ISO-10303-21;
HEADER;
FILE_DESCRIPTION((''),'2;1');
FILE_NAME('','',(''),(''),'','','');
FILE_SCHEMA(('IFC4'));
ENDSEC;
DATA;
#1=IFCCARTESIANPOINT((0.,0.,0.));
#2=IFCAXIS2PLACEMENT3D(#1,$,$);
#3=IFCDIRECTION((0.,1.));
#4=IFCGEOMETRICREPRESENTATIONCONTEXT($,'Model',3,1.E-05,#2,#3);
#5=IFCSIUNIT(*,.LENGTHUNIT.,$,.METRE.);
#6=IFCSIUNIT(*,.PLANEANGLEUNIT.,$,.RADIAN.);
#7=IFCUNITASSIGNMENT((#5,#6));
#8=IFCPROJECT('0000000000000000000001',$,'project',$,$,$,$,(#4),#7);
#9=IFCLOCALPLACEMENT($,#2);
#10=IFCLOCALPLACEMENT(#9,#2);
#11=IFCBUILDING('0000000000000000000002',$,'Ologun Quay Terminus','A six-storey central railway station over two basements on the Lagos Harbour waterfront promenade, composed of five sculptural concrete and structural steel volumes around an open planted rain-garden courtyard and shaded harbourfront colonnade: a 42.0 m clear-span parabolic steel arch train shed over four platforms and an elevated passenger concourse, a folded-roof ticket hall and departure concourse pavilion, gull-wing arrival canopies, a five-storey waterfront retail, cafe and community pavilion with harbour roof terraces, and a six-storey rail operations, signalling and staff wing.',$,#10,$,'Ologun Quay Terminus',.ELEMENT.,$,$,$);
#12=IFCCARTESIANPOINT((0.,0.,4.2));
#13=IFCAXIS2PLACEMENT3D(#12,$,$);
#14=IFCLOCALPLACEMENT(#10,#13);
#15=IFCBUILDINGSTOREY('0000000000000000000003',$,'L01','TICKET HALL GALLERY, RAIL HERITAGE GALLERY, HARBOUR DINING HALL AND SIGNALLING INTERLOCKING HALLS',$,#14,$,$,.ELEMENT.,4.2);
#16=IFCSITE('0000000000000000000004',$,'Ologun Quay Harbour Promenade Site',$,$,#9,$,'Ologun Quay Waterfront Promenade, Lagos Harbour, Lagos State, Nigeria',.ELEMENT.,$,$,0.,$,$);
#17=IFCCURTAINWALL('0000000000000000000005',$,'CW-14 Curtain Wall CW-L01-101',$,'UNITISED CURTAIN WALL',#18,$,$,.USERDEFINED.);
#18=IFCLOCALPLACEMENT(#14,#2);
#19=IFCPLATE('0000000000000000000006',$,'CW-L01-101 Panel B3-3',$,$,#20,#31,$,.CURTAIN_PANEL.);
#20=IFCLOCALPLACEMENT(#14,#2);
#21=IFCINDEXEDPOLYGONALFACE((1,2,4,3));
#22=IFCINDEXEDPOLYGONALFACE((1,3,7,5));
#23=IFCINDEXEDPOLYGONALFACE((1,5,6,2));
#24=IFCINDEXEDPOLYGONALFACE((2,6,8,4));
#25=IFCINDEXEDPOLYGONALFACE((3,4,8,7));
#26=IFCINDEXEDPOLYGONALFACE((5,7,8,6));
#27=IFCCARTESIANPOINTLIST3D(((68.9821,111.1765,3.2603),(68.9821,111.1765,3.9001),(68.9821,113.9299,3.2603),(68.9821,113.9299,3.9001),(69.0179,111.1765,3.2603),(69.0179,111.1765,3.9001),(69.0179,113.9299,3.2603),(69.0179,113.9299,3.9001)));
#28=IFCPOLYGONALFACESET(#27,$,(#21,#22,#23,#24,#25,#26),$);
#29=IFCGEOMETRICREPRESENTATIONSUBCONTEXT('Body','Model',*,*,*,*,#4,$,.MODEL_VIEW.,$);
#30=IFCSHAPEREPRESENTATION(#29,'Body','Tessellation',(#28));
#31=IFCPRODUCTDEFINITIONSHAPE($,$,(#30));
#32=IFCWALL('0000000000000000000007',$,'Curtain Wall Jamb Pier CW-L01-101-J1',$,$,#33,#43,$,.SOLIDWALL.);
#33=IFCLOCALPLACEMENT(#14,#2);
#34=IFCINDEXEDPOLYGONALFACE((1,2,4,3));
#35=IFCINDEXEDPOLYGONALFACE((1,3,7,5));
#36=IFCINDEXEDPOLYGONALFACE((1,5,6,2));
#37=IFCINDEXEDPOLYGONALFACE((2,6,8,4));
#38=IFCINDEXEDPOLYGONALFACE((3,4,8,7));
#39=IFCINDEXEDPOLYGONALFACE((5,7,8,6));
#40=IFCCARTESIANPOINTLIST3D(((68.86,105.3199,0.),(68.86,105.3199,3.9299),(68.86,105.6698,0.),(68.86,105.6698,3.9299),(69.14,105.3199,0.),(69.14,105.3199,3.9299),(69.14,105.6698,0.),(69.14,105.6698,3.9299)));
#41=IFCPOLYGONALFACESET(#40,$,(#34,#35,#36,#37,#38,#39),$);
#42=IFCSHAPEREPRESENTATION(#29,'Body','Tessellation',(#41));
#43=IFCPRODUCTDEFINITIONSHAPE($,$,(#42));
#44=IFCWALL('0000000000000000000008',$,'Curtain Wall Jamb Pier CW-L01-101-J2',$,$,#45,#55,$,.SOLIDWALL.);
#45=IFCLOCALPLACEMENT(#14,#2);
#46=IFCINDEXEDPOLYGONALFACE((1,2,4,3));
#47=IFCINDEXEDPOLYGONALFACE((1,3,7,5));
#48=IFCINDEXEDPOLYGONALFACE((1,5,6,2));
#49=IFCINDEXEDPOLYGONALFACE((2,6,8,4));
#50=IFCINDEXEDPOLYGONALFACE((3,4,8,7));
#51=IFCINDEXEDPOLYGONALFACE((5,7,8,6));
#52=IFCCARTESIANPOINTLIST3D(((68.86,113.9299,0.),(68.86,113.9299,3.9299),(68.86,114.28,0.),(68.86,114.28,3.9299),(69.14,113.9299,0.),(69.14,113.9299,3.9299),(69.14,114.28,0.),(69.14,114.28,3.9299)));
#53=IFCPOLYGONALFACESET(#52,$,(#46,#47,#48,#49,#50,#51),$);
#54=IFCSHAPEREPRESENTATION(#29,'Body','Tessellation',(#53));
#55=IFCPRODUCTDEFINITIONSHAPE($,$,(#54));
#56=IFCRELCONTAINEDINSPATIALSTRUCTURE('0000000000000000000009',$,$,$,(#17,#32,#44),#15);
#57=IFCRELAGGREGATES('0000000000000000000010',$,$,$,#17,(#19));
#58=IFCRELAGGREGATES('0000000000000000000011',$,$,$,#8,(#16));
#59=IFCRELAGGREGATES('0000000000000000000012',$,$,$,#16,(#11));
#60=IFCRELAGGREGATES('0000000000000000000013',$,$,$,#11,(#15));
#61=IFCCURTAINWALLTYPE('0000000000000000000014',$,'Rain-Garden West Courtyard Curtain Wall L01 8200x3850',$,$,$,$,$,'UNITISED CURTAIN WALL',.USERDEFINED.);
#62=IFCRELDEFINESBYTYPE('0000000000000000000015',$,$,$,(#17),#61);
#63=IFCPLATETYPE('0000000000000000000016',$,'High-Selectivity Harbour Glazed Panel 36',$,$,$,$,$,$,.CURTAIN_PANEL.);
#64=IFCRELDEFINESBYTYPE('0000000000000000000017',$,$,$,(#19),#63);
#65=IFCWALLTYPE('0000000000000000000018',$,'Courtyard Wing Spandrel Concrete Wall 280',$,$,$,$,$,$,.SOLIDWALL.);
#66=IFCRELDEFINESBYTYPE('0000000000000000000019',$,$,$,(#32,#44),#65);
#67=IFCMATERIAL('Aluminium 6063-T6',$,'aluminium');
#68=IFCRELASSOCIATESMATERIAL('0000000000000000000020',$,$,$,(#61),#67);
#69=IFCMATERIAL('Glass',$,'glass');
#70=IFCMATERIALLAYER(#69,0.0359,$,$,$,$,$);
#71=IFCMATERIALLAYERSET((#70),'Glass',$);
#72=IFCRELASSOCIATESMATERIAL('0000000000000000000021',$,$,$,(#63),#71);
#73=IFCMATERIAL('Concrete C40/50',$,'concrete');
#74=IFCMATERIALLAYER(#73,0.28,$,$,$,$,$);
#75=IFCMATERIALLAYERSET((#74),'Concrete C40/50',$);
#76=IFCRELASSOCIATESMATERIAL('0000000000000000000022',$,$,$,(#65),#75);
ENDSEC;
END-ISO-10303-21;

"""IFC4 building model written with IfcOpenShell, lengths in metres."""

from ifc_helpers import new_model, si_unit, direction, frame, frame_2d, origin, origin_2d, place, context, subcontext, project, spatial, rectangle, extrude, material, layer, layer_set, type_object, element, aggregate, save


model = new_model("IFC4")

# Units and contexts
model_context = context("Model", 3, precision=1e-05, world=origin(), true_north=direction((0.0, 1.0)))
body_context = subcontext(model_context, "Body", "Model", "MODEL_VIEW")
ifc_project = project(units=[si_unit("LENGTHUNIT", "METRE"), si_unit("PLANEANGLEUNIT", "RADIAN")], contexts=[model_context])

# Site, building, storey
site_placement = place(None, origin())
site = spatial("IfcSite", under=ifc_project, at=site_placement, Name="Ologun Quay Harbour Promenade Site", LongName="Ologun Quay Waterfront Promenade, Lagos Harbour, Lagos State, Nigeria", CompositionType="ELEMENT", RefElevation=0.0)
building_placement = place(site_placement, origin())
building = spatial("IfcBuilding", under=site, at=building_placement, Name="Ologun Quay Terminus", Description="A six-storey central railway station over two basements on the Lagos Harbour waterfront promenade, composed of five sculptural concrete and structural steel volumes around an open planted rain-garden courtyard and shaded harbourfront colonnade: a 42.0 m clear-span parabolic steel arch train shed over four platforms and an elevated passenger concourse, a folded-roof ticket hall and departure concourse pavilion, gull-wing arrival canopies, a five-storey waterfront retail, cafe and community pavilion with harbour roof terraces, and a six-storey rail operations, signalling and staff wing.", LongName="Ologun Quay Terminus", CompositionType="ELEMENT")
storey_placement = place(building_placement, frame((0.0, 0.0, 4.2)))
storey = spatial("IfcBuildingStorey", under=building, at=storey_placement, Name="L01", Description="TICKET HALL GALLERY, RAIL HERITAGE GALLERY, HARBOUR DINING HALL AND SIGNALLING INTERLOCKING HALLS", CompositionType="ELEMENT", Elevation=4.2)

# Curtain wall
ifc_material_1 = material(Name="Aluminium 6063-T6", Category="aluminium")
curtain_wall_type = type_object("IfcCurtainWallType", Name="Rain-Garden West Courtyard Curtain Wall L01 8200x3850", ElementType="UNITISED CURTAIN WALL", PredefinedType="USERDEFINED", material=ifc_material_1)
curtain_wall_placement = place(storey_placement, origin())
curtain_wall = element("IfcCurtainWall", 1, at=curtain_wall_placement, inside=storey, type_object=curtain_wall_type, Name="CW-14 Curtain Wall CW-L01-101", ObjectType="UNITISED CURTAIN WALL", PredefinedType="USERDEFINED")

# Plate
ifc_material_2 = material(Name="Glass", Category="glass")
ifc_layer_1 = layer(ifc_material_2, 0.0359)
ifc_layer_set_1 = layer_set([ifc_layer_1], Name="Glass")
plate_type_1 = type_object("IfcPlateType", Name="High-Selectivity Harbour Glazed Panel 36", PredefinedType="CURTAIN_PANEL", material=ifc_layer_set_1)
plate_1_placement = place(storey_placement, frame((69.0, 112.5532, 3.2603), z_axis=(0.0, 0.0, 1.0), x_axis=(0.0, 1.0, 0.0)))
plate_1 = element("IfcPlate", 2, at=plate_1_placement, type_object=plate_type_1, Name="CW-L01-101 Panel B3-3", PredefinedType="CURTAIN_PANEL", context=body_context, shape_type="SweptSolid", body=[
    extrude(rectangle(XDim=2.7534, YDim=0.0359, at=origin_2d()), origin(), (0.0, 0.0, 1.0), 0.6399),
])
aggregate(curtain_wall, [plate_1])

# Walls
ifc_material_3 = material(Name="Concrete C40/50", Category="concrete")
ifc_layer_2 = layer(ifc_material_3, 0.28)
ifc_layer_set_2 = layer_set([ifc_layer_2], Name="Concrete C40/50")
wall_type = type_object("IfcWallType", Name="Courtyard Wing Spandrel Concrete Wall 280", PredefinedType="SOLIDWALL", material=ifc_layer_set_2)
wall_1_placement = place(storey_placement, frame((69.0, 105.3201, 0.0), z_axis=(0.0, 0.0, 1.0), x_axis=(0.0, 1.0, 0.0)))
element("IfcWall", 3, at=wall_1_placement, inside=storey, type_object=wall_type, Name="Curtain Wall Jamb Pier CW-L01-101-J1", PredefinedType="SOLIDWALL", context=body_context, shape_type="SweptSolid", body=[
    extrude(rectangle(XDim=0.3499, YDim=0.28, at=frame_2d((0.1748, 0.0))), origin(), (0.0, 0.0, 1.0), 3.9299),
])
wall_2_placement = place(storey_placement, frame((69.0, 113.9299, 0.0), z_axis=(0.0, 0.0, 1.0), x_axis=(0.0, 1.0, 0.0)))
element("IfcWall", 4, at=wall_2_placement, inside=storey, type_object=wall_type, Name="Curtain Wall Jamb Pier CW-L01-101-J2", PredefinedType="SOLIDWALL", context=body_context, shape_type="SweptSolid", body=[
    extrude(rectangle(XDim=0.3501, YDim=0.28, at=frame_2d((0.175, 0.0))), origin(), (0.0, 0.0, 1.0), 3.9299),
])

save(model, "model.ifc")
